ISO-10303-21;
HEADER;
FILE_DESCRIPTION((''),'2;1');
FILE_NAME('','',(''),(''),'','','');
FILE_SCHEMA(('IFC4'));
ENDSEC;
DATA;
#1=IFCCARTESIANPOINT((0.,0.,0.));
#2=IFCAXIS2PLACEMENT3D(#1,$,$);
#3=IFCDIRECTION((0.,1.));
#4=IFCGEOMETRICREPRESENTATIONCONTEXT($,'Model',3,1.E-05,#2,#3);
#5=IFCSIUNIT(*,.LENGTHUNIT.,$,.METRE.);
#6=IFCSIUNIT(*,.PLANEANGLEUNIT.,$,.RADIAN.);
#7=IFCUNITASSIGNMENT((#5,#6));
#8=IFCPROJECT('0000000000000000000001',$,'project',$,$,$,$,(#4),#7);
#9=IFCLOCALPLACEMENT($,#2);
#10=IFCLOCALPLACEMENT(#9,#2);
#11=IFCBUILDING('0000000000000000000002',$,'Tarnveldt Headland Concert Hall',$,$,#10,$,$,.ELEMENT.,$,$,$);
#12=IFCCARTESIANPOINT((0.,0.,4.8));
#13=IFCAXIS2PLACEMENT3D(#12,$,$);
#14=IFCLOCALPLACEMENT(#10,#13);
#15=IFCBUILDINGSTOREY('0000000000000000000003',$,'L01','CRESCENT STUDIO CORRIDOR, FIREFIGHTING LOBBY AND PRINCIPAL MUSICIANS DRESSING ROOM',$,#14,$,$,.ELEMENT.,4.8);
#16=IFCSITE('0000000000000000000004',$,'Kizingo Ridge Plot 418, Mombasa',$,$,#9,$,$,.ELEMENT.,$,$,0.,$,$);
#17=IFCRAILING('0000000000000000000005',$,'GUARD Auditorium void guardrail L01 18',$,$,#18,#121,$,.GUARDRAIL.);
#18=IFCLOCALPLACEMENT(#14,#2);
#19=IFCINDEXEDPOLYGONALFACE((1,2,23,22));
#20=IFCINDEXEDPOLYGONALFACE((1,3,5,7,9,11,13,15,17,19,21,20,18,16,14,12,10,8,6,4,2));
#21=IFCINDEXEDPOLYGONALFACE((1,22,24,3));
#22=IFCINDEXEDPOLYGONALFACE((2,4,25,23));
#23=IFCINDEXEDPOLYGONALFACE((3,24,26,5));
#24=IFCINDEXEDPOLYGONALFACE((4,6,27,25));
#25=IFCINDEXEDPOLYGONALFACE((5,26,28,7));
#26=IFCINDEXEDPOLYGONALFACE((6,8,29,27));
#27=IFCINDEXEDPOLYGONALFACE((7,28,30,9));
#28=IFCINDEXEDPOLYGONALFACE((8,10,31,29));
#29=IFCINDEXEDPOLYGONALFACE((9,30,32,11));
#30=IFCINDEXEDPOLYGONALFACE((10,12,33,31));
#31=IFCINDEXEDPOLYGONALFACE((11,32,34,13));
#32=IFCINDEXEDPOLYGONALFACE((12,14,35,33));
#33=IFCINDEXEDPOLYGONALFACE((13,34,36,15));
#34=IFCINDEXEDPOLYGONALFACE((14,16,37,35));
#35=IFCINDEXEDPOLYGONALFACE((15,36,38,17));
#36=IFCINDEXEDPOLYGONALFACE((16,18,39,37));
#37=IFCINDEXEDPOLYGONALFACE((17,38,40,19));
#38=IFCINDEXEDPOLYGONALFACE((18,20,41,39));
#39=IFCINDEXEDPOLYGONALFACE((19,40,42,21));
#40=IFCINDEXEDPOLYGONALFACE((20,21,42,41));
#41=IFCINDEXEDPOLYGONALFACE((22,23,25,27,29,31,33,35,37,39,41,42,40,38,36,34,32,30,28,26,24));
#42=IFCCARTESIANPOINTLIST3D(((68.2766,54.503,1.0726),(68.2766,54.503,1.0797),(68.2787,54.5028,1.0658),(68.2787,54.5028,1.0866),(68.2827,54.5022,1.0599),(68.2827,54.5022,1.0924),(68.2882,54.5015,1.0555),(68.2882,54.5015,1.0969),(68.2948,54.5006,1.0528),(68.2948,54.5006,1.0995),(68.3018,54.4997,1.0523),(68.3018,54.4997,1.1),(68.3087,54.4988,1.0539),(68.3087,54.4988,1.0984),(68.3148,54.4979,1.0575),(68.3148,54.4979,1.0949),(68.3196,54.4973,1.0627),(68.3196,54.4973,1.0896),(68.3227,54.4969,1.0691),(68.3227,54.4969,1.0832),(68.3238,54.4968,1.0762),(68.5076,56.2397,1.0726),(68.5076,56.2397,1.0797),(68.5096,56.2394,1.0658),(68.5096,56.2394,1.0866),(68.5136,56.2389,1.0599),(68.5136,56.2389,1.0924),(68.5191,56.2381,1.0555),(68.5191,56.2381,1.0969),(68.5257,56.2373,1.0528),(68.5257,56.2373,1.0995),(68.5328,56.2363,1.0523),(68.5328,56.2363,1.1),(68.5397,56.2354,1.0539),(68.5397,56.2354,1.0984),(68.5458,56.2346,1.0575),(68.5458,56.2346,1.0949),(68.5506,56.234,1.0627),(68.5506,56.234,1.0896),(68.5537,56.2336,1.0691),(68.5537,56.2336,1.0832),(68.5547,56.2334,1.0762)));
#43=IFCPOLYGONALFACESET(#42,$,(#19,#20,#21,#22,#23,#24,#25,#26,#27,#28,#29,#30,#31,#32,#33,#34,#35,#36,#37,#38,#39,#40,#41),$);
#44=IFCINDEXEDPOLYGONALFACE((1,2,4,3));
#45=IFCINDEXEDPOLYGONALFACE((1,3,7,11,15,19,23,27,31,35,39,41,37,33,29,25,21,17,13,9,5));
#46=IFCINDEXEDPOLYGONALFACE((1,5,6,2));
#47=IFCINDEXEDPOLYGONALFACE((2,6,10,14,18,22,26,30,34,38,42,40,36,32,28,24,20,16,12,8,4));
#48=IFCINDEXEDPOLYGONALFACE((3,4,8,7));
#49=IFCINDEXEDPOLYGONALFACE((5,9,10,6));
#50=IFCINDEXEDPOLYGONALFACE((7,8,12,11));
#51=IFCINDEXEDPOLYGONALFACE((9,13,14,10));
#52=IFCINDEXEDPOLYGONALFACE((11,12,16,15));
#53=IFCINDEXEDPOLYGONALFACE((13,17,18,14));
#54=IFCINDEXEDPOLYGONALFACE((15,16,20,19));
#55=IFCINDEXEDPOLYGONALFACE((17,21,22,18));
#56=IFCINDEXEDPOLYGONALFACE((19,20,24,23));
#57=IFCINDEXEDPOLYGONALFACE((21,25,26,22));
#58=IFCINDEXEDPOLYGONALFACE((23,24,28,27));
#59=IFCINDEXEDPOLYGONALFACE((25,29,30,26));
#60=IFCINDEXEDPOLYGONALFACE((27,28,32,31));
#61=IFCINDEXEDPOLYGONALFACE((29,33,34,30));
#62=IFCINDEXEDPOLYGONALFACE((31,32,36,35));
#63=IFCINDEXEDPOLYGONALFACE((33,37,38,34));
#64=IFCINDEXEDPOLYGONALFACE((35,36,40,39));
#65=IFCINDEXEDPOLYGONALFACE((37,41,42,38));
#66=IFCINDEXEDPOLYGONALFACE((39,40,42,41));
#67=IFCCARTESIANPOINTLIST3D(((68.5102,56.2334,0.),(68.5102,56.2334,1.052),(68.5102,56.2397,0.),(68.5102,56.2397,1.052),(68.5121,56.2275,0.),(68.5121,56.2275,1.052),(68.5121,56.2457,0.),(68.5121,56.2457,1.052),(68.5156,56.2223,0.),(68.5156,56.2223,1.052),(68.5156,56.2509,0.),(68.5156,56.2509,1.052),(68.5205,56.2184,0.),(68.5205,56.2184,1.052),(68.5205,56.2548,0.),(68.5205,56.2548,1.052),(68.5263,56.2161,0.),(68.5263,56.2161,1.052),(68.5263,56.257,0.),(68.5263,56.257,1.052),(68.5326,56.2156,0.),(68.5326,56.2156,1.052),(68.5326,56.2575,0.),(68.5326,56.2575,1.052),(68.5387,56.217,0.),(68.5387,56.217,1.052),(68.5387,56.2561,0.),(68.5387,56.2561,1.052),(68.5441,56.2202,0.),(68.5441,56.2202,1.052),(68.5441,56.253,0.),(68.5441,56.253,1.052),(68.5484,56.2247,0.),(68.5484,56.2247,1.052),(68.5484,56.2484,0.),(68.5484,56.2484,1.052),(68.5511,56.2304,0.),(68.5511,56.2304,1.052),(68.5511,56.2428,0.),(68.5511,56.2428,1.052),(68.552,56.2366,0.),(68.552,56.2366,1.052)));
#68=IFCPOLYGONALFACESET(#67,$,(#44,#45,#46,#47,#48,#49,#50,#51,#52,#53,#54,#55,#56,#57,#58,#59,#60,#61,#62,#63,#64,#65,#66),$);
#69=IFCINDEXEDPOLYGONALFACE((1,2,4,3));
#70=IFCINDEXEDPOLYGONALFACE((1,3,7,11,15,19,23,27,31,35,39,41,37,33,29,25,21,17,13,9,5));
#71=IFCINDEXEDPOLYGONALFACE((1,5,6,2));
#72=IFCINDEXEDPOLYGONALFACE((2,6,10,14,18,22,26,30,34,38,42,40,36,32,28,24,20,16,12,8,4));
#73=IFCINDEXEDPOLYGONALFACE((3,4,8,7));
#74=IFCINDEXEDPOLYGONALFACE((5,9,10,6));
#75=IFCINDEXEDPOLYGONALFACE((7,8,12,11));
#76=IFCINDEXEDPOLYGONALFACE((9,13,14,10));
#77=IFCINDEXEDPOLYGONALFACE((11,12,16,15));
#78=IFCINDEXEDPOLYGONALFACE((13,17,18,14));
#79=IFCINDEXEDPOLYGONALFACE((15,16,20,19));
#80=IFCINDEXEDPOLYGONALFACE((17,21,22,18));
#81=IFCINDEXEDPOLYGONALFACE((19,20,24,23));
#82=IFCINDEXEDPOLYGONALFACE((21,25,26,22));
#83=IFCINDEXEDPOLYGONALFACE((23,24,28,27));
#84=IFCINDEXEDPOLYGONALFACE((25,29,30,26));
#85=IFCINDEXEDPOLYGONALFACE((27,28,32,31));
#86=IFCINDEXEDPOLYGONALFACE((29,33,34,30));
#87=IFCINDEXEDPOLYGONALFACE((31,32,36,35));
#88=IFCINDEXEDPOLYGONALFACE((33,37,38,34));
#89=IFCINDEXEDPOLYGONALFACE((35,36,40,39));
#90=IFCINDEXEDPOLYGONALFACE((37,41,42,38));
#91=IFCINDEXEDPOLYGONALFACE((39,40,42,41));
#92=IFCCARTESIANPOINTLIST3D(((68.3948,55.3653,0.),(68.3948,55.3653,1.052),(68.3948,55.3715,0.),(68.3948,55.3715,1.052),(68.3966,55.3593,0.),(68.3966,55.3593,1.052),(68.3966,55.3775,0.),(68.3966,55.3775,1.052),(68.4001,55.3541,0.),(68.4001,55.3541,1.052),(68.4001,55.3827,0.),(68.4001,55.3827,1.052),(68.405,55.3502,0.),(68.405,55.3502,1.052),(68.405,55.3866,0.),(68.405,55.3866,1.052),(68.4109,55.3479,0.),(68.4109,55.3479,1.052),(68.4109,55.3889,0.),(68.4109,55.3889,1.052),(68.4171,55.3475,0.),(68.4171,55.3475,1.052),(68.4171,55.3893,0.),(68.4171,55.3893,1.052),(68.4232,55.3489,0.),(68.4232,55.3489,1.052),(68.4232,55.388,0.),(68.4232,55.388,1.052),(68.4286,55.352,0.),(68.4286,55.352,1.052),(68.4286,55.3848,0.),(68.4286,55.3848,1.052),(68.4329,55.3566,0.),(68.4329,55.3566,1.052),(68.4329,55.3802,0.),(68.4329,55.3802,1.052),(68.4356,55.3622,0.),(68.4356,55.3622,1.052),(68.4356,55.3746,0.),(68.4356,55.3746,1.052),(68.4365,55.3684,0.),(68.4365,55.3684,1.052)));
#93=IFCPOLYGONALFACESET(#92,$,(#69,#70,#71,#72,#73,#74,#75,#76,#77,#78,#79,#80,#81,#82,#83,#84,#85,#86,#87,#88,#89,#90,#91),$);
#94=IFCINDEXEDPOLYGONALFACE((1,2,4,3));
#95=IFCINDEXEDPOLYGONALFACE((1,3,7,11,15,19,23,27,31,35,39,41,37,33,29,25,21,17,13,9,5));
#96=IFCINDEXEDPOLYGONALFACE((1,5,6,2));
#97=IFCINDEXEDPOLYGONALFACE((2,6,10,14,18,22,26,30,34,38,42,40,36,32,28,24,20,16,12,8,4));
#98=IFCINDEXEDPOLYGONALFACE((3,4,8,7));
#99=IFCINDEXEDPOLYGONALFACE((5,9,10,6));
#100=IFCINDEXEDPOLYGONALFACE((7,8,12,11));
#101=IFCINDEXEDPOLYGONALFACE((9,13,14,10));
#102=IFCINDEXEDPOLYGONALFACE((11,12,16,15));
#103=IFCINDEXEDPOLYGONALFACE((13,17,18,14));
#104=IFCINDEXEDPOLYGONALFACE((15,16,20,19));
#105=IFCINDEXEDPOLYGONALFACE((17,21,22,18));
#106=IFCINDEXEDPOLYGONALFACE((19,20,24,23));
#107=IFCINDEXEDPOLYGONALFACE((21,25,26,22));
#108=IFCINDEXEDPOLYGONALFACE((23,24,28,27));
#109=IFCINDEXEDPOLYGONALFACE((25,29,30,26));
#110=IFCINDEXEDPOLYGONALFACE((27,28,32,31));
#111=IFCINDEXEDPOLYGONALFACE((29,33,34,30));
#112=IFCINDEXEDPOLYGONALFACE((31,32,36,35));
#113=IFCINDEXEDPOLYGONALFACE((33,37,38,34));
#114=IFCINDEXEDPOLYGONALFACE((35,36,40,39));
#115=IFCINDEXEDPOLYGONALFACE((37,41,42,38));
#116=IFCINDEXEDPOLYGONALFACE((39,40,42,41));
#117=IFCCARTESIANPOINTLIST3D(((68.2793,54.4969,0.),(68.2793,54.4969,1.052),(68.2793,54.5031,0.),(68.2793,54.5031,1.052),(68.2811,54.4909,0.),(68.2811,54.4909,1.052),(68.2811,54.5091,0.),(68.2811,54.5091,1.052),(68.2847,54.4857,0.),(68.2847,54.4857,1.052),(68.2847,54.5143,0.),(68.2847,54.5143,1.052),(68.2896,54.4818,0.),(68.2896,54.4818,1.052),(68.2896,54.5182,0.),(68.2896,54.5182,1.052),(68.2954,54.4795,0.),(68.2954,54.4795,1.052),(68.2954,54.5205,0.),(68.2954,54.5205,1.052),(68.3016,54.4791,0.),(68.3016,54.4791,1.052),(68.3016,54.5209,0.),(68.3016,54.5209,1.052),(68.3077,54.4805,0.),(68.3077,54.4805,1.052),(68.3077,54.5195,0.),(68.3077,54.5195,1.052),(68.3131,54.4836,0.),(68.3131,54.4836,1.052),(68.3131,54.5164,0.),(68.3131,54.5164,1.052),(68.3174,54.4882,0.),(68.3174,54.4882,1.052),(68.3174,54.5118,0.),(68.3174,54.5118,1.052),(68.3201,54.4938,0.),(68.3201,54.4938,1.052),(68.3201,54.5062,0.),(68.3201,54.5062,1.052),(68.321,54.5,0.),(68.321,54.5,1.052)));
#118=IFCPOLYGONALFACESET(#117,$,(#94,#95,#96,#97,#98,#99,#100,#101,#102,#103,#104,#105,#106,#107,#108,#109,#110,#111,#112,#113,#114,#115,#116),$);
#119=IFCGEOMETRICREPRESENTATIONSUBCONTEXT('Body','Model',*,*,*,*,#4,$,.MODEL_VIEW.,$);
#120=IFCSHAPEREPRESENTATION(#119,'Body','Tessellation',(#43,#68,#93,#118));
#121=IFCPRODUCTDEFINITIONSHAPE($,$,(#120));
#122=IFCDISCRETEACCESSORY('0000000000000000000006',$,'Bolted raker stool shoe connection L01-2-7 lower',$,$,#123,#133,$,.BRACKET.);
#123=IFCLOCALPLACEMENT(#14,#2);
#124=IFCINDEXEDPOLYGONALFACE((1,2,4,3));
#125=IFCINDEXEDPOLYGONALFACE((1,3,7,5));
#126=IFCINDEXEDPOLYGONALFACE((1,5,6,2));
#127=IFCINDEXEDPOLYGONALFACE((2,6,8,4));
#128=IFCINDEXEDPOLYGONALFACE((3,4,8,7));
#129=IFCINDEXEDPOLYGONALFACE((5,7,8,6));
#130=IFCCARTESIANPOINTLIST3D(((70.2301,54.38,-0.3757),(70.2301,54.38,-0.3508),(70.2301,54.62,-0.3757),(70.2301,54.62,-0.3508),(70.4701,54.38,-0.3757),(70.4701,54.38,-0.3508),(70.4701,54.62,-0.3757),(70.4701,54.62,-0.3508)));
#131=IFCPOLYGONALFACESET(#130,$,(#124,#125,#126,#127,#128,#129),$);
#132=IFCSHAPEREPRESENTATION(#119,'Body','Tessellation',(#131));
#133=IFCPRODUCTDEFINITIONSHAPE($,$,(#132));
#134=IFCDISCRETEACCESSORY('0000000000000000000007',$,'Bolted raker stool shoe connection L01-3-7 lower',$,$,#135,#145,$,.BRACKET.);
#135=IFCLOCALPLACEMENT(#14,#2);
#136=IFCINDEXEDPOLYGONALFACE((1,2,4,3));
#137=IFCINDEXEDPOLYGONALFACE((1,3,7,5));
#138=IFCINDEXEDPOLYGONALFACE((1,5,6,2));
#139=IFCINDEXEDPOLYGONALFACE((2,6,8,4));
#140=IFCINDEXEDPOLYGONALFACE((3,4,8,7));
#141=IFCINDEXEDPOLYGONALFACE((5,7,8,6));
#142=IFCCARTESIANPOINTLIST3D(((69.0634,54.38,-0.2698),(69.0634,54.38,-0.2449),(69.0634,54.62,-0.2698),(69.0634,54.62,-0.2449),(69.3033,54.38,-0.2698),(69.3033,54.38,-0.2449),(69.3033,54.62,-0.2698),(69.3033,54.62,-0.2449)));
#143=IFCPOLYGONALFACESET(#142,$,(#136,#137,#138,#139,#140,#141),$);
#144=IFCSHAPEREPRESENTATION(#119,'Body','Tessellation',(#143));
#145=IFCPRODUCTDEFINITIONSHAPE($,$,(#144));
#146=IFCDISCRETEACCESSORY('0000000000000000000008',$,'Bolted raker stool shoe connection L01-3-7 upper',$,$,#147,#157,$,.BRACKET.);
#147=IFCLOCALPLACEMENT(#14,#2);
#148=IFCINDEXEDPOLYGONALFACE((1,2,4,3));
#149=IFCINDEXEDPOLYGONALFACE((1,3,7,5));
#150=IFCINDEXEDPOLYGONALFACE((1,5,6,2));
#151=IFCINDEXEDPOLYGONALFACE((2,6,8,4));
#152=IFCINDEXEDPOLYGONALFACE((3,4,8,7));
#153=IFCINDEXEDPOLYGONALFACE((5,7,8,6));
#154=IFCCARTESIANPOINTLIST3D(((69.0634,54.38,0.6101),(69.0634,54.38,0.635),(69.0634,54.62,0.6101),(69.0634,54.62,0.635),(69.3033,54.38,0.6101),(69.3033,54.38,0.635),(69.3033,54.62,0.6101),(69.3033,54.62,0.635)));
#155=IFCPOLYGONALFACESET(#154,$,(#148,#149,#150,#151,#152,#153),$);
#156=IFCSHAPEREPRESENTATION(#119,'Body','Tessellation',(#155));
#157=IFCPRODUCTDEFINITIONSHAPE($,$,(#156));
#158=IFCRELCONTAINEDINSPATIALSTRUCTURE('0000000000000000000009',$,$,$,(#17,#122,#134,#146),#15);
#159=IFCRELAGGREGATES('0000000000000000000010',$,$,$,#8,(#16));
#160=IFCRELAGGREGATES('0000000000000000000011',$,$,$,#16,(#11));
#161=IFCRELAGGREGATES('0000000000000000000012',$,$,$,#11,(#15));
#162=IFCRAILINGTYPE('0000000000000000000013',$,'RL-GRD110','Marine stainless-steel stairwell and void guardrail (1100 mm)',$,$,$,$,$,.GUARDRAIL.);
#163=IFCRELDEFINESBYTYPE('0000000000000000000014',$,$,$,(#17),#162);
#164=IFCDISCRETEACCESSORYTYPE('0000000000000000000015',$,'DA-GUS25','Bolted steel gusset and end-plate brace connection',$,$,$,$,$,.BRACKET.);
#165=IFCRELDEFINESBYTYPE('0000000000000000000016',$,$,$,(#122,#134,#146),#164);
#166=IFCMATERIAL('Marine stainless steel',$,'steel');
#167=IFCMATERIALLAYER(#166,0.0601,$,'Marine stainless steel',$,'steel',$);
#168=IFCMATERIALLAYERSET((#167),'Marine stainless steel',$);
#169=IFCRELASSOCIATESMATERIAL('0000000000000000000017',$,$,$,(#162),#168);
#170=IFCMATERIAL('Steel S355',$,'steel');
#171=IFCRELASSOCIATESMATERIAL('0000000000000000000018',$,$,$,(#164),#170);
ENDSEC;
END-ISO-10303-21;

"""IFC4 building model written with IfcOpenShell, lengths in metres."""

from ifc_helpers import new_model, si_unit, direction, frame, origin, origin_2d, place, context, subcontext, project, spatial, rectangle, circle, extrude, material, layer, layer_set, type_object, element, save


model = new_model("IFC4")

# Units and contexts
model_context = context("Model", 3, precision=1e-05, world=origin(), true_north=direction((0.0, 1.0)))
body_context = subcontext(model_context, "Body", "Model", "MODEL_VIEW")
ifc_project = project(units=[si_unit("LENGTHUNIT", "METRE"), si_unit("PLANEANGLEUNIT", "RADIAN")], contexts=[model_context])

# Site, building, storey
site_placement = place(None, origin())
site = spatial("IfcSite", under=ifc_project, at=site_placement, Name="Kizingo Ridge Plot 418, Mombasa", CompositionType="ELEMENT", RefElevation=0.0)
building_placement = place(site_placement, origin())
building = spatial("IfcBuilding", under=site, at=building_placement, Name="Tarnveldt Headland Concert Hall", CompositionType="ELEMENT")
storey_placement = place(building_placement, frame((0.0, 0.0, 4.8)))
storey = spatial("IfcBuildingStorey", under=building, at=storey_placement, Name="L01", Description="CRESCENT STUDIO CORRIDOR, FIREFIGHTING LOBBY AND PRINCIPAL MUSICIANS DRESSING ROOM", CompositionType="ELEMENT", Elevation=4.8)

# Shared definitions
ifc_material_1 = material(Name="Steel S355", Category="steel")

# Railing
ifc_material_2 = material(Name="Marine stainless steel", Category="steel")
ifc_layer_1 = layer(ifc_material_2, 0.0601, Name="Marine stainless steel", Category="steel")
ifc_layer_set_1 = layer_set([ifc_layer_1], Name="Marine stainless steel")
railing_type = type_object("IfcRailingType", Name="RL-GRD110", Description="Marine stainless-steel stairwell and void guardrail (1100 mm)", PredefinedType="GUARDRAIL", material=ifc_layer_set_1)
railing_1_placement = place(storey_placement, frame((68.531, 56.2366, 0.0)))
element("IfcRailing", 1, at=railing_1_placement, inside=storey, type_object=railing_type, Name="GUARD Auditorium void guardrail L01 18", PredefinedType="GUARDRAIL", context=body_context, shape_type="SweptSolid", body=[
    extrude(circle(Radius=0.0239, at=origin_2d()), frame((0.0, 0.0, 1.0762), z_axis=(-0.131835, -0.991272, 0.0), x_axis=(0.991272, -0.131835, 0.0)), (0.0, 0.0, 1.0), 1.752),
    extrude(circle(Radius=0.021, at=origin_2d()), origin(), (0.0, 0.0, 1.0), 1.052),
    extrude(circle(Radius=0.021, at=origin_2d()), frame((-0.1155, -0.8682, 0.0)), (0.0, 0.0, 1.0), 1.052),
    extrude(circle(Radius=0.021, at=origin_2d()), frame((-0.231, -1.7366, 0.0)), (0.0, 0.0, 1.0), 1.052),
])

# Discrete accessories
discrete_accessory_type = type_object("IfcDiscreteAccessoryType", Name="DA-GUS25", Description="Bolted steel gusset and end-plate brace connection", PredefinedType="BRACKET", material=ifc_material_1)
for number, where, z_axis, x_axis, name in (
    (2, (70.3501, 54.5, -0.3757), (0.0, 0.0, 1.0), (1.0, 0.0, 0.0), "Bolted raker stool shoe connection L01-2-7 lower"),
    (3, (69.1833, 54.5, -0.2698), (0.0, 0.0, 1.0), (1.0, 0.0, 0.0), "Bolted raker stool shoe connection L01-3-7 lower"),
    (4, (69.1833, 54.5, 0.6101), (0.0, 0.0, 1.0), (1.0, 0.0, 0.0), "Bolted raker stool shoe connection L01-3-7 upper"),
):
    element("IfcDiscreteAccessory", number, at=place(storey_placement, frame(where, z_axis=z_axis, x_axis=x_axis)), inside=storey, type_object=discrete_accessory_type, Name=name, PredefinedType="BRACKET", context=body_context, shape_type="SweptSolid", body=[
        extrude(rectangle(XDim=0.24, YDim=0.24, at=origin_2d()), origin(), (0.0, 0.0, 1.0), 0.0249),
    ])

save(model, "model.ifc")
